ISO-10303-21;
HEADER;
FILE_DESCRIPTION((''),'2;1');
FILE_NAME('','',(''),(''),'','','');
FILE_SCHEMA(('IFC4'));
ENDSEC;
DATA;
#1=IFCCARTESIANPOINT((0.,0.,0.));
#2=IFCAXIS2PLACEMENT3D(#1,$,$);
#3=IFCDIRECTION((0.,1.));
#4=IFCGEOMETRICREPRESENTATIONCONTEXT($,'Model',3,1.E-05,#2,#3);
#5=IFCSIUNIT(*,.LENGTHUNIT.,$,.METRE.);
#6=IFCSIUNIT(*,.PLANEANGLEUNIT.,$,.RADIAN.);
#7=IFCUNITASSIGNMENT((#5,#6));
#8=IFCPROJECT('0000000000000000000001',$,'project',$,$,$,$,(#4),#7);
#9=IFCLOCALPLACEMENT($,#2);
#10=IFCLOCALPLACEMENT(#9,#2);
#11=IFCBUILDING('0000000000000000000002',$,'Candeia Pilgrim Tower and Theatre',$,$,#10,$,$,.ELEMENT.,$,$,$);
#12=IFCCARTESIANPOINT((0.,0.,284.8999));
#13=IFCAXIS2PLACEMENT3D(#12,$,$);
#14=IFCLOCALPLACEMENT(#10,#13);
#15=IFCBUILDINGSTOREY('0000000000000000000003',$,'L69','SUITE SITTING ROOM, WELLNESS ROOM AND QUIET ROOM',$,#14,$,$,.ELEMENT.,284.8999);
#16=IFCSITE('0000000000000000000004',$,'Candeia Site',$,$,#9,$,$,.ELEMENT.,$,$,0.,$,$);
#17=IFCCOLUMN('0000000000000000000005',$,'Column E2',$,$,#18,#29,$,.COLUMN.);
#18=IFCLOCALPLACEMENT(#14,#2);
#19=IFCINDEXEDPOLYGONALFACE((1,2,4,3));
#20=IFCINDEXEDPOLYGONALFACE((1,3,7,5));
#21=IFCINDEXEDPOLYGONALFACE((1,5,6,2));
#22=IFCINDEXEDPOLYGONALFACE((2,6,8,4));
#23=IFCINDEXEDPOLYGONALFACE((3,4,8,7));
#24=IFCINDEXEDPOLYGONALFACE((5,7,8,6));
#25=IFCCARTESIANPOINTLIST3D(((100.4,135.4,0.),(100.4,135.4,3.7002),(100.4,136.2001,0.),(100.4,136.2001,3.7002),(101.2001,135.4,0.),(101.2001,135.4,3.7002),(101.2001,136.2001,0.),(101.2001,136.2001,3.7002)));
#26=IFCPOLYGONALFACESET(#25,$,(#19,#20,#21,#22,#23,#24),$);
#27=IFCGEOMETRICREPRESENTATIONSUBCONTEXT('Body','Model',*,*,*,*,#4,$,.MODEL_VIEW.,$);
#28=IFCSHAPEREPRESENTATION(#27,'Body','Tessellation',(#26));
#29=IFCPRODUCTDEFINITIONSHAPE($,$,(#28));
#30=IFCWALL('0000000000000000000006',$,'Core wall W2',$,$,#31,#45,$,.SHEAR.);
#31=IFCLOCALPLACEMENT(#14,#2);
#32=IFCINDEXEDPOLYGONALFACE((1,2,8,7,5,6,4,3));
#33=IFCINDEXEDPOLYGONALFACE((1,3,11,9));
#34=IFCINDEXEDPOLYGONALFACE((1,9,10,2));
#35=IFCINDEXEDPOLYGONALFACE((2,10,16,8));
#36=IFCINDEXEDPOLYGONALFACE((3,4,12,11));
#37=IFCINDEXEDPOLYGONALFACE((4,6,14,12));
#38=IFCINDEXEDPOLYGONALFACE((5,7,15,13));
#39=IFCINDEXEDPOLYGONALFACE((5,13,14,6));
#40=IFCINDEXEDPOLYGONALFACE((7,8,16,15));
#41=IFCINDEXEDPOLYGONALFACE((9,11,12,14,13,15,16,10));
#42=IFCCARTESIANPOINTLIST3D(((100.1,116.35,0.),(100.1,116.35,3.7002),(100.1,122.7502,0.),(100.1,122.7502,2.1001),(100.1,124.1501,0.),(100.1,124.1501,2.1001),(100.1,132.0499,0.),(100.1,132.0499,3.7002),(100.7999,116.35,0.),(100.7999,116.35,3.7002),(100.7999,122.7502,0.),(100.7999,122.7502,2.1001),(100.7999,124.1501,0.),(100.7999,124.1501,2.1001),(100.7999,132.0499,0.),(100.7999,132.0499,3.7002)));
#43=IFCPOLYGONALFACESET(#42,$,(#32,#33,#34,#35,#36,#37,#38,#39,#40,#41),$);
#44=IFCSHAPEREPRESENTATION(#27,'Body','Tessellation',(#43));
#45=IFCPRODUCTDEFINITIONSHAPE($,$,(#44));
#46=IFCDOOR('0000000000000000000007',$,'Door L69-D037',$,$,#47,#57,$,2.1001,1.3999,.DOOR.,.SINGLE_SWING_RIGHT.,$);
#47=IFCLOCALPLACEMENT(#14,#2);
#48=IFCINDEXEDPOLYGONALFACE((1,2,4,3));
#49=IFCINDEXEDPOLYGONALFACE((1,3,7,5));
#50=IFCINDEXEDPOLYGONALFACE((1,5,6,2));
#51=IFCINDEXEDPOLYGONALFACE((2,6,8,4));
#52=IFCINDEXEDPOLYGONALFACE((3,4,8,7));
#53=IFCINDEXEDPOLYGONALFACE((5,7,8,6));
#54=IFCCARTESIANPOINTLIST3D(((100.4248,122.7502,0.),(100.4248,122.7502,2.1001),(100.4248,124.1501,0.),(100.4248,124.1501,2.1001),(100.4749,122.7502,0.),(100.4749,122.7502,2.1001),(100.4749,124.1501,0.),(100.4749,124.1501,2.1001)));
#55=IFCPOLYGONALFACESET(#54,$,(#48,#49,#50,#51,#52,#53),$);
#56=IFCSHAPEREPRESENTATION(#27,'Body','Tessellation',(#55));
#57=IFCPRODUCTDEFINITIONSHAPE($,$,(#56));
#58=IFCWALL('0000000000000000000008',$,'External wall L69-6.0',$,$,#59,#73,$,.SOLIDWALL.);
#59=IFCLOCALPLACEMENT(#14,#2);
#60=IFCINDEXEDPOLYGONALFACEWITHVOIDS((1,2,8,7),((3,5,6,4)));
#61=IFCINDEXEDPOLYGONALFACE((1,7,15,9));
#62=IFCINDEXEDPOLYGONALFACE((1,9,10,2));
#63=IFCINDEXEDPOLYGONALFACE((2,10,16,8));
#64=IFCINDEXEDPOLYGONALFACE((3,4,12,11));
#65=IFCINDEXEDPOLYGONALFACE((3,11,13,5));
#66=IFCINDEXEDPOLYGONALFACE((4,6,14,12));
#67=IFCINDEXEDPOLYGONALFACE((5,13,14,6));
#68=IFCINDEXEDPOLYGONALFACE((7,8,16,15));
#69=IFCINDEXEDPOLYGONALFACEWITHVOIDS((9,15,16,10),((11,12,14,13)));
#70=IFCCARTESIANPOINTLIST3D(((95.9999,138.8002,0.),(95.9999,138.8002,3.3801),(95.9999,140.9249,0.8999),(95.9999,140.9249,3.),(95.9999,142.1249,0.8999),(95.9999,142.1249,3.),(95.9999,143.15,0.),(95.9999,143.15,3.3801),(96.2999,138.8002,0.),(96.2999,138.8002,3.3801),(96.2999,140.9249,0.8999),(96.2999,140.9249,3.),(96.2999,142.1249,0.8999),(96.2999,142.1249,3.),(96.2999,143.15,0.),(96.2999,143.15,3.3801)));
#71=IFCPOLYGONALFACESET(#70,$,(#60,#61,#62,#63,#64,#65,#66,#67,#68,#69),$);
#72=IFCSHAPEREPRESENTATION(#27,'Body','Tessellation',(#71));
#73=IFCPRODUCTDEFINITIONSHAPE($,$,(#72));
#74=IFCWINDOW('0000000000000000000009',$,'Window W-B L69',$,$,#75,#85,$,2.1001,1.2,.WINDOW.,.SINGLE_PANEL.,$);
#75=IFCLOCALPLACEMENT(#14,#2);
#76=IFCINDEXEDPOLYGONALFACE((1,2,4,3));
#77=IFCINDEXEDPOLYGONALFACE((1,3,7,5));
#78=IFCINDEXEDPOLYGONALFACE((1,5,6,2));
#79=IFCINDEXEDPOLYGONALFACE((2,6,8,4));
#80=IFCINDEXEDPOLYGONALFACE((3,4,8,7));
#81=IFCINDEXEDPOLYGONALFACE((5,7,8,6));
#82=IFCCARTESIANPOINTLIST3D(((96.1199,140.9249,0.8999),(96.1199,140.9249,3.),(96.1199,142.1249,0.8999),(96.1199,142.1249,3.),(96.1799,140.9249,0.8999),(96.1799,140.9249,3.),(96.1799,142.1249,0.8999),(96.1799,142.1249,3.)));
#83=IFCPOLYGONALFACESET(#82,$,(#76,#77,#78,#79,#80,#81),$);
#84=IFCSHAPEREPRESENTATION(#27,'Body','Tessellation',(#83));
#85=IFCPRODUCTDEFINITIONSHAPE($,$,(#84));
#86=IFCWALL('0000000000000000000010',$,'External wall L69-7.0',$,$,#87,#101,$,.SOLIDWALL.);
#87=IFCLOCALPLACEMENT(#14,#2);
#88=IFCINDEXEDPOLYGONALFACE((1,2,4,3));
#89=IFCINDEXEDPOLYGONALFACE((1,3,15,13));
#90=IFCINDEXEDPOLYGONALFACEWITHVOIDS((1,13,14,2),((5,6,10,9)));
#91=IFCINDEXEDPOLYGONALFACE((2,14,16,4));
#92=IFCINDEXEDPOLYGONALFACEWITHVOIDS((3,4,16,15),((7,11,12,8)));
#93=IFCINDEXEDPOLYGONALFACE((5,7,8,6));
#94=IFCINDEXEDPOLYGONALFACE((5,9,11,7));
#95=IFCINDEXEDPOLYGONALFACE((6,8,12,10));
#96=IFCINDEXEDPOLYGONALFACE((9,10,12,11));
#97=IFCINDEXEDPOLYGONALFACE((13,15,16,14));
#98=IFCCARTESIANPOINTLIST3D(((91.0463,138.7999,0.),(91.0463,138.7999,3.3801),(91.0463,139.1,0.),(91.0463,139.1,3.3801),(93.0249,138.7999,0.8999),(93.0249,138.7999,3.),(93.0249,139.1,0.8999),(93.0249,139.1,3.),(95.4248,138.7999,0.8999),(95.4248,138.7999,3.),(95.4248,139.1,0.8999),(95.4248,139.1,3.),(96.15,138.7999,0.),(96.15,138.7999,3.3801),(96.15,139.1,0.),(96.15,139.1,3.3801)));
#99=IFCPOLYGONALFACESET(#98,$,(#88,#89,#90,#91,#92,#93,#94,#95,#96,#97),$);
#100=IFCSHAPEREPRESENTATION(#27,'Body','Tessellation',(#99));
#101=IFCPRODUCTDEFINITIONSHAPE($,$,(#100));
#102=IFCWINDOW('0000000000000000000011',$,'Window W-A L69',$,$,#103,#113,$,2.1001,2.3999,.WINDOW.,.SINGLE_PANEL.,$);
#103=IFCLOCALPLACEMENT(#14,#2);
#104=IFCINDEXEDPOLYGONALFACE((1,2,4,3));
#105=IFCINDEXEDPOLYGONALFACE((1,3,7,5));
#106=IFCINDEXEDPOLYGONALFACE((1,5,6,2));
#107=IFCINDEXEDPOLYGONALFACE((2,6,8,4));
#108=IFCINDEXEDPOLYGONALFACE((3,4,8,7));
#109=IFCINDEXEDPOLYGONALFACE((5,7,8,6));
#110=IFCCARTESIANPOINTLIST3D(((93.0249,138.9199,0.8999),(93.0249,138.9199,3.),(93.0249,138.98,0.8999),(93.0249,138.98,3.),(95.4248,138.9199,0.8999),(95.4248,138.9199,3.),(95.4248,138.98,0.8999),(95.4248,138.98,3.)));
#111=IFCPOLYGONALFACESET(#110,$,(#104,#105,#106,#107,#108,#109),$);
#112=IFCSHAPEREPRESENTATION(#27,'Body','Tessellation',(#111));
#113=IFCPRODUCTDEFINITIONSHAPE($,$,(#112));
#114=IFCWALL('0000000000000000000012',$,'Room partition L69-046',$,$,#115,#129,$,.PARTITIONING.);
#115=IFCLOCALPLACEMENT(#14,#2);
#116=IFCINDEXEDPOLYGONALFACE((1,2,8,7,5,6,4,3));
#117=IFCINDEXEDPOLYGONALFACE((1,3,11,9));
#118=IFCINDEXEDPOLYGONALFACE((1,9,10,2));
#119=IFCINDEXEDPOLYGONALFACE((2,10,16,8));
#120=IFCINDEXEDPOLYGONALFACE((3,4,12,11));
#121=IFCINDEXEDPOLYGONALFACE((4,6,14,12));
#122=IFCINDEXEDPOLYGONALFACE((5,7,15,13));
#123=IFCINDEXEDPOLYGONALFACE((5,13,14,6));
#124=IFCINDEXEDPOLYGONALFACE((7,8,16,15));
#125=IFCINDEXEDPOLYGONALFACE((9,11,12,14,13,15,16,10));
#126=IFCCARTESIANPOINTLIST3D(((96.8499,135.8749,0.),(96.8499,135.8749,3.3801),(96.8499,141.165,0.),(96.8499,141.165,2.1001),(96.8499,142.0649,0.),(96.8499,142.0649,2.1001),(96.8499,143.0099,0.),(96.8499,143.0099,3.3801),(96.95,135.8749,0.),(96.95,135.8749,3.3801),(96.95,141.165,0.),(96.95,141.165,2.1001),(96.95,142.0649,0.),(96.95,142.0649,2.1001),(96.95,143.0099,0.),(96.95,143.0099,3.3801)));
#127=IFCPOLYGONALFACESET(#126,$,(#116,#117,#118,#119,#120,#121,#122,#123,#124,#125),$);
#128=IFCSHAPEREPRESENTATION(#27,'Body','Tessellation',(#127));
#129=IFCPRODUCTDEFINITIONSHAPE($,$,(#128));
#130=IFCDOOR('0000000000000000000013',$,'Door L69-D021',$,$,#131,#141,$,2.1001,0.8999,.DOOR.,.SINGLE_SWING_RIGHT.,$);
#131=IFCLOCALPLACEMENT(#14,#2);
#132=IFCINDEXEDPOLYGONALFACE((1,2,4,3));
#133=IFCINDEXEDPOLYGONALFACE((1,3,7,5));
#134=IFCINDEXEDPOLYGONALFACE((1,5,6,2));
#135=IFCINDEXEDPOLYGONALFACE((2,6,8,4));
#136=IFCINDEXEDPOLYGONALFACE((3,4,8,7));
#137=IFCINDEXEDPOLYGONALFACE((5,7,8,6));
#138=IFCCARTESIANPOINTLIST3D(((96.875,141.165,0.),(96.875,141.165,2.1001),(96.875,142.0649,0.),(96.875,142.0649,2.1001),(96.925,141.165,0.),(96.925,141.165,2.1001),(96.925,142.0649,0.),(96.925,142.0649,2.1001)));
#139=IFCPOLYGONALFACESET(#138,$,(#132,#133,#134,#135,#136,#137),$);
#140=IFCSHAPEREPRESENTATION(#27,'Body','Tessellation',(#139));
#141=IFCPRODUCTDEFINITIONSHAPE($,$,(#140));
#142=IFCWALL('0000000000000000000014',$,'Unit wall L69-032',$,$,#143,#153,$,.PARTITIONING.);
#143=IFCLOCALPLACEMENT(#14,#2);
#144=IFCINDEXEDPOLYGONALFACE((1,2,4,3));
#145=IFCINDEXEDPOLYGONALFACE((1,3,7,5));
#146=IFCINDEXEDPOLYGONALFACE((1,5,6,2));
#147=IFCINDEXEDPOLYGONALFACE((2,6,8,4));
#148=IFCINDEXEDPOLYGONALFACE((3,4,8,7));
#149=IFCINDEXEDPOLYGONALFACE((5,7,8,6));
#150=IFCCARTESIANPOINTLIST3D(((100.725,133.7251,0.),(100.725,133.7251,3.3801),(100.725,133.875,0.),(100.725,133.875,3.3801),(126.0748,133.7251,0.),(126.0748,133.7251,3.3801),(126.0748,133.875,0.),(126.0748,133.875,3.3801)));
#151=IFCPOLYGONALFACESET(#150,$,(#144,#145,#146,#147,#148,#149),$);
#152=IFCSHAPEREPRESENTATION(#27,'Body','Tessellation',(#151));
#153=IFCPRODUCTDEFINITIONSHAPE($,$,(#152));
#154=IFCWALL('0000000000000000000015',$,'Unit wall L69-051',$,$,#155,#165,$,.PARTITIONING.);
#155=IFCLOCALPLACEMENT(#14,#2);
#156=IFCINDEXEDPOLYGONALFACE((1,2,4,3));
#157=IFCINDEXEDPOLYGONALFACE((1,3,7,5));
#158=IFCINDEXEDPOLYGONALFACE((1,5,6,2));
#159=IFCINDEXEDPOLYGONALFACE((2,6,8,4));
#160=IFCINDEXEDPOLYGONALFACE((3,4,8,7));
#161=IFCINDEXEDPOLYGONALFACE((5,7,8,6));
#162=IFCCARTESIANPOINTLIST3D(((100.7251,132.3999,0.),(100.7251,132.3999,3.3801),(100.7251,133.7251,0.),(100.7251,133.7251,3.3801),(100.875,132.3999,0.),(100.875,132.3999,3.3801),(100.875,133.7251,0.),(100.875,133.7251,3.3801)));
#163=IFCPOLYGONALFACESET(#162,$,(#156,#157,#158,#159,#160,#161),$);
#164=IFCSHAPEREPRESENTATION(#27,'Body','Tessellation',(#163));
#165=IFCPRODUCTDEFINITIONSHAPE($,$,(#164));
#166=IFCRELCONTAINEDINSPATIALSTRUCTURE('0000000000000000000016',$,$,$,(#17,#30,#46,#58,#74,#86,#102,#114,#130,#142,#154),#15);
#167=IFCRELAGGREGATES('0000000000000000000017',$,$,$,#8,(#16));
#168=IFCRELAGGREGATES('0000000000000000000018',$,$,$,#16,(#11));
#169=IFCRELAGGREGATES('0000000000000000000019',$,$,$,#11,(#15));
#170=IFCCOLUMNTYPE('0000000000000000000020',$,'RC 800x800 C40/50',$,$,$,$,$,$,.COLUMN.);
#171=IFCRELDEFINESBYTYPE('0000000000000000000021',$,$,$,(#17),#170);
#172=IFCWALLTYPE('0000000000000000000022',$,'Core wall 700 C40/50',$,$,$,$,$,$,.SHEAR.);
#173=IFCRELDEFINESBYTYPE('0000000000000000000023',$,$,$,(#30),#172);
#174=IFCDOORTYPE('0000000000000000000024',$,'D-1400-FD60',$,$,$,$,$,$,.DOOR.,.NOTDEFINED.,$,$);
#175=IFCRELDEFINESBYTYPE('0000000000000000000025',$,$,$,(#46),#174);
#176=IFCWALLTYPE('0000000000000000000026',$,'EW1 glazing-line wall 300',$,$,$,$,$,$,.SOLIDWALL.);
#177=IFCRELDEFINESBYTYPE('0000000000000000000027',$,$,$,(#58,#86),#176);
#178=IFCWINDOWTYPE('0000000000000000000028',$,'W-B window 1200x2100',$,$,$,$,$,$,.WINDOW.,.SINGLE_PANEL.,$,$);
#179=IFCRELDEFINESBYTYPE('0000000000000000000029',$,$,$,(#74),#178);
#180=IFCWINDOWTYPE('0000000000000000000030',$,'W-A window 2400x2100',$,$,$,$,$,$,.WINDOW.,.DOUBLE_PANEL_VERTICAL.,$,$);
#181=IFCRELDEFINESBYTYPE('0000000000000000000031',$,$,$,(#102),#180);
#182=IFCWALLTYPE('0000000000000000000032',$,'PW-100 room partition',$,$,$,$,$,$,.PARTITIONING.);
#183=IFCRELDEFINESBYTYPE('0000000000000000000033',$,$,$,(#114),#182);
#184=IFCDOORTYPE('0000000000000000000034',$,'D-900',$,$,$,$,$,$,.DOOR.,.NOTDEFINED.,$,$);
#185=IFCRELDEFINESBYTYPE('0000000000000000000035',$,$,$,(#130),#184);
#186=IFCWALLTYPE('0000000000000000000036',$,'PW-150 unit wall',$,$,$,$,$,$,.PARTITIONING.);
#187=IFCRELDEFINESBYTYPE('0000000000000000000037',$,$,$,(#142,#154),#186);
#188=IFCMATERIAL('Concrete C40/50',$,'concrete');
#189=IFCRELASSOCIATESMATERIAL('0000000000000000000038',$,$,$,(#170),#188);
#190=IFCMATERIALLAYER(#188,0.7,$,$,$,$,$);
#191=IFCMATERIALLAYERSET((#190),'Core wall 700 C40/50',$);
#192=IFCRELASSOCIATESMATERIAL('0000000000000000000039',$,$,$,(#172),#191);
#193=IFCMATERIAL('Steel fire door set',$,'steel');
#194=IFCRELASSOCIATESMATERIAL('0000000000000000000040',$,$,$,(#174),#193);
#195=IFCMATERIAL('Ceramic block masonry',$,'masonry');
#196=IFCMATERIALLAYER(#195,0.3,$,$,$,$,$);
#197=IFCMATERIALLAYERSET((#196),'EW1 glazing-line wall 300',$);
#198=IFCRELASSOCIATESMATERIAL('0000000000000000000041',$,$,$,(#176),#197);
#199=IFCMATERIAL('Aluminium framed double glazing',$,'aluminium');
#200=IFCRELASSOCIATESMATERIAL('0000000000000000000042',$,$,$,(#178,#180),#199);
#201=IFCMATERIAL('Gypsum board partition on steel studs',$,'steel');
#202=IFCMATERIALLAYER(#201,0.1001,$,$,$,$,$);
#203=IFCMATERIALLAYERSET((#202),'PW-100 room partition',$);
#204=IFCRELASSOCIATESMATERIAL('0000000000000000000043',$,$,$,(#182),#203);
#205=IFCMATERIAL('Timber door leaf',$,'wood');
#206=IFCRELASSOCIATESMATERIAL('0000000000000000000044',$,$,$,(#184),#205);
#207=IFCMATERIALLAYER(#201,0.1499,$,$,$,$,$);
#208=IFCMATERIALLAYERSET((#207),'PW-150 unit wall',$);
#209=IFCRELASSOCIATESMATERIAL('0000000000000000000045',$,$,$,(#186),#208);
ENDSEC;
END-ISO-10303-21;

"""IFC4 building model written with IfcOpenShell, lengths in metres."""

from ifc_helpers import new_model, si_unit, direction, frame, frame_2d, origin, origin_2d, place, context, subcontext, project, spatial, rectangle, extrude, material, layer, layer_set, material_profile, profile_set, type_object, element, fill, save


model = new_model("IFC4")

# Units and contexts
model_context = context("Model", 3, precision=1e-05, world=origin(), true_north=direction((0.0, 1.0)))
body_context = subcontext(model_context, "Body", "Model", "MODEL_VIEW")
ifc_project = project(units=[si_unit("LENGTHUNIT", "METRE"), si_unit("PLANEANGLEUNIT", "RADIAN")], contexts=[model_context])

# Site, building, storey
site_placement = place(None, origin())
site = spatial("IfcSite", under=ifc_project, at=site_placement, Name="Candeia Site", CompositionType="ELEMENT", RefElevation=0.0)
building_placement = place(site_placement, origin())
building = spatial("IfcBuilding", under=site, at=building_placement, Name="Candeia Pilgrim Tower and Theatre", CompositionType="ELEMENT")
storey_placement = place(building_placement, frame((0.0, 0.0, 284.8999)))
storey = spatial("IfcBuildingStorey", under=building, at=storey_placement, Name="L69", Description="SUITE SITTING ROOM, WELLNESS ROOM AND QUIET ROOM", CompositionType="ELEMENT", Elevation=284.8999)

# Column
ifc_material_1 = material(Name="Concrete C40/50", Category="concrete")
ifc_material_profile = material_profile(ifc_material_1, rectangle(XDim=0.8, YDim=0.8, at=origin_2d()))
ifc_profile_set = profile_set([ifc_material_profile], Name="Concrete C40/50")
column_type = type_object("IfcColumnType", Name="RC 800x800 C40/50", PredefinedType="COLUMN", material=ifc_profile_set)
column_placement = place(storey_placement, frame((100.8, 135.8, 0.0), z_axis=(0.0, 0.0, 1.0), x_axis=(1.0, 0.0, 0.0)))
element("IfcColumn", 1, at=column_placement, inside=storey, type_object=column_type, Name="Column E2", PredefinedType="COLUMN", context=body_context, shape_type="SweptSolid", body=[
    extrude(rectangle(XDim=0.8, YDim=0.8, at=origin_2d()), origin(), (0.0, 0.0, 1.0), 3.7002),
])

# Wall, opening, door
ifc_layer_1 = layer(ifc_material_1, 0.7)
ifc_layer_set_1 = layer_set([ifc_layer_1], Name="Core wall 700 C40/50")
wall_type_1 = type_object("IfcWallType", Name="Core wall 700 C40/50", PredefinedType="SHEAR", material=ifc_layer_set_1)
wall_1_placement = place(storey_placement, frame((100.45, 132.05, 0.0), z_axis=(0.0, 0.0, 1.0), x_axis=(0.0, -1.0, 0.0)))
wall_1 = element("IfcWall", 2, at=wall_1_placement, inside=storey, type_object=wall_type_1, Name="Core wall W2", PredefinedType="SHEAR", context=body_context, shape_type="SweptSolid", body=[
    extrude(rectangle(XDim=15.7, YDim=0.7, at=frame_2d((7.8501, 0.0))), origin(), (0.0, 0.0, 1.0), 3.7002),
])
opening_1_placement = place(wall_1_placement, frame((7.8999, 0.0, 0.0)))
opening_1 = element("IfcOpeningElement", 3, at=opening_1_placement, cuts=wall_1, PredefinedType="OPENING", context=body_context, shape_type="SweptSolid", body=[
    extrude(rectangle(XDim=1.3999, YDim=2.1001, at=frame_2d((0.7, 1.05))), frame((0.0, 0.3599, 0.0), z_axis=(0.0, -1.0, 0.0), x_axis=(1.0, 0.0, 0.0)), (0.0, 0.0, 1.0), 0.72),
])
ifc_material_2 = material(Name="Steel fire door set", Category="steel")
door_type_1 = type_object("IfcDoorType", Name="D-1400-FD60", OperationType="NOTDEFINED", PredefinedType="DOOR", material=ifc_material_2)
door_1_placement = place(opening_1_placement, origin())
door_1 = element("IfcDoor", 4, at=door_1_placement, inside=storey, type_object=door_type_1, Name="Door L69-D037", OperationType="SINGLE_SWING_RIGHT", OverallHeight=2.1001, OverallWidth=1.3999, PredefinedType="DOOR", context=body_context, shape_type="SweptSolid", body=[
    extrude(rectangle(XDim=1.3999, YDim=2.1001, at=frame_2d((0.7, 1.05))), frame((0.0, 0.0249, 0.0), z_axis=(0.0, -1.0, 0.0), x_axis=(1.0, 0.0, 0.0)), (0.0, 0.0, 1.0), 0.05),
])
fill(opening_1, door_1)

# Walls, openings, windows
ifc_material_3 = material(Name="Ceramic block masonry", Category="masonry")
ifc_layer_2 = layer(ifc_material_3, 0.3)
ifc_layer_set_2 = layer_set([ifc_layer_2], Name="EW1 glazing-line wall 300")
wall_type_2 = type_object("IfcWallType", Name="EW1 glazing-line wall 300", PredefinedType="SOLIDWALL", material=ifc_layer_set_2)
wall_2_placement = place(storey_placement, frame((96.1499, 143.1499, 0.0), z_axis=(0.0, 0.0, 1.0), x_axis=(0.0, -1.0, 0.0)))
wall_2 = element("IfcWall", 5, at=wall_2_placement, inside=storey, type_object=wall_type_2, Name="External wall L69-6.0", PredefinedType="SOLIDWALL", context=body_context, shape_type="SweptSolid", body=[
    extrude(rectangle(XDim=4.3499, YDim=0.3, at=frame_2d((2.1748, 0.0))), origin(), (0.0, 0.0, 1.0), 3.3801),
])
opening_2_placement = place(wall_2_placement, frame((1.0249, 0.0, 0.8999)))
opening_2 = element("IfcOpeningElement", 6, at=opening_2_placement, cuts=wall_2, PredefinedType="OPENING", context=body_context, shape_type="SweptSolid", body=[
    extrude(rectangle(XDim=1.2, YDim=2.1001, at=frame_2d((0.6001, 1.05))), frame((0.0, 0.1602, 0.0), z_axis=(0.0, -1.0, 0.0), x_axis=(1.0, 0.0, 0.0)), (0.0, 0.0, 1.0), 0.3201),
])
ifc_material_4 = material(Name="Aluminium framed double glazing", Category="aluminium")
window_type_1 = type_object("IfcWindowType", Name="W-B window 1200x2100", PartitioningType="SINGLE_PANEL", PredefinedType="WINDOW", material=ifc_material_4)
window_1_placement = place(opening_2_placement, origin())
window_1 = element("IfcWindow", 7, at=window_1_placement, inside=storey, type_object=window_type_1, Name="Window W-B L69", OverallHeight=2.1001, OverallWidth=1.2, PartitioningType="SINGLE_PANEL", PredefinedType="WINDOW", context=body_context, shape_type="SweptSolid", body=[
    extrude(rectangle(XDim=1.2, YDim=2.1001, at=frame_2d((0.6001, 1.05))), frame((0.0, 0.03, 0.0), z_axis=(0.0, -1.0, 0.0), x_axis=(1.0, 0.0, 0.0)), (0.0, 0.0, 1.0), 0.0601),
])
fill(opening_2, window_1)
wall_3_placement = place(storey_placement, frame((96.1499, 138.95, 0.0), z_axis=(0.0, 0.0, 1.0), x_axis=(-1.0, 0.0, 0.0)))
wall_3 = element("IfcWall", 8, at=wall_3_placement, inside=storey, type_object=wall_type_2, Name="External wall L69-7.0", PredefinedType="SOLIDWALL", context=body_context, shape_type="SweptSolid", body=[
    extrude(rectangle(XDim=5.1038, YDim=0.3, at=frame_2d((2.5518, 0.0))), origin(), (0.0, 0.0, 1.0), 3.3801),
])
opening_3_placement = place(wall_3_placement, frame((0.7251, 0.0, 0.8999)))
opening_3 = element("IfcOpeningElement", 9, at=opening_3_placement, cuts=wall_3, PredefinedType="OPENING", context=body_context, shape_type="SweptSolid", body=[
    extrude(rectangle(XDim=2.3999, YDim=2.1001, at=frame_2d((1.2, 1.05))), frame((0.0, 0.1602, 0.0), z_axis=(0.0, -1.0, 0.0), x_axis=(1.0, 0.0, 0.0)), (0.0, 0.0, 1.0), 0.3201),
])
window_type_2 = type_object("IfcWindowType", Name="W-A window 2400x2100", PartitioningType="DOUBLE_PANEL_VERTICAL", PredefinedType="WINDOW", material=ifc_material_4)
window_2_placement = place(opening_3_placement, origin())
window_2 = element("IfcWindow", 10, at=window_2_placement, inside=storey, type_object=window_type_2, Name="Window W-A L69", OverallHeight=2.1001, OverallWidth=2.3999, PartitioningType="SINGLE_PANEL", PredefinedType="WINDOW", context=body_context, shape_type="SweptSolid", body=[
    extrude(rectangle(XDim=2.3999, YDim=2.1001, at=frame_2d((1.2, 1.05))), frame((0.0, 0.03, 0.0), z_axis=(0.0, -1.0, 0.0), x_axis=(1.0, 0.0, 0.0)), (0.0, 0.0, 1.0), 0.0601),
])
fill(opening_3, window_2)

# Wall, opening, door
ifc_material_5 = material(Name="Gypsum board partition on steel studs", Category="steel")
ifc_layer_3 = layer(ifc_material_5, 0.1001)
ifc_layer_set_3 = layer_set([ifc_layer_3], Name="PW-100 room partition")
wall_type_3 = type_object("IfcWallType", Name="PW-100 room partition", PredefinedType="PARTITIONING", material=ifc_layer_set_3)
wall_4_placement = place(storey_placement, frame((96.8999, 135.875, 0.0), z_axis=(0.0, 0.0, 1.0), x_axis=(0.0, 1.0, 0.0)))
wall_4 = element("IfcWall", 11, at=wall_4_placement, inside=storey, type_object=wall_type_3, Name="Room partition L69-046", PredefinedType="PARTITIONING", context=body_context, shape_type="SweptSolid", body=[
    extrude(rectangle(XDim=7.135, YDim=0.1001, at=frame_2d((3.5674, 0.0))), origin(), (0.0, 0.0, 1.0), 3.3801),
])
opening_4_placement = place(wall_4_placement, frame((5.29, 0.0, 0.0)))
opening_4 = element("IfcOpeningElement", 12, at=opening_4_placement, cuts=wall_4, PredefinedType="OPENING", context=body_context, shape_type="SweptSolid", body=[
    extrude(rectangle(XDim=0.8999, YDim=2.1001, at=frame_2d((0.45, 1.05))), frame((0.0, 0.0601, 0.0), z_axis=(0.0, -1.0, 0.0), x_axis=(1.0, 0.0, 0.0)), (0.0, 0.0, 1.0), 0.1201),
])
ifc_material_6 = material(Name="Timber door leaf", Category="wood")
door_type_2 = type_object("IfcDoorType", Name="D-900", OperationType="NOTDEFINED", PredefinedType="DOOR", material=ifc_material_6)
door_2_placement = place(opening_4_placement, origin())
door_2 = element("IfcDoor", 13, at=door_2_placement, inside=storey, type_object=door_type_2, Name="Door L69-D021", OperationType="SINGLE_SWING_RIGHT", OverallHeight=2.1001, OverallWidth=0.8999, PredefinedType="DOOR", context=body_context, shape_type="SweptSolid", body=[
    extrude(rectangle(XDim=0.8999, YDim=2.1001, at=frame_2d((0.45, 1.05))), frame((0.0, 0.0249, 0.0), z_axis=(0.0, -1.0, 0.0), x_axis=(1.0, 0.0, 0.0)), (0.0, 0.0, 1.0), 0.05),
])
fill(opening_4, door_2)

# Walls
ifc_layer_4 = layer(ifc_material_5, 0.1499)
ifc_layer_set_4 = layer_set([ifc_layer_4], Name="PW-150 unit wall")
wall_type_4 = type_object("IfcWallType", Name="PW-150 unit wall", PredefinedType="PARTITIONING", material=ifc_layer_set_4)
wall_5_placement = place(storey_placement, frame((100.7251, 133.8, 0.0), z_axis=(0.0, 0.0, 1.0), x_axis=(1.0, 0.0, 0.0)))
element("IfcWall", 14, at=wall_5_placement, inside=storey, type_object=wall_type_4, Name="Unit wall L69-032", PredefinedType="PARTITIONING", context=body_context, shape_type="SweptSolid", body=[
    extrude(rectangle(XDim=25.3499, YDim=0.1499, at=frame_2d((12.6748, 0.0))), origin(), (0.0, 0.0, 1.0), 3.3801),
])
wall_6_placement = place(storey_placement, frame((100.8, 132.3999, 0.0), z_axis=(0.0, 0.0, 1.0), x_axis=(0.0, 1.0, 0.0)))
element("IfcWall", 15, at=wall_6_placement, inside=storey, type_object=wall_type_4, Name="Unit wall L69-051", PredefinedType="PARTITIONING", context=body_context, shape_type="SweptSolid", body=[
    extrude(rectangle(XDim=1.3252, YDim=0.1499, at=frame_2d((0.6626, 0.0))), origin(), (0.0, 0.0, 1.0), 3.3801),
])

save(model, "model.ifc")
